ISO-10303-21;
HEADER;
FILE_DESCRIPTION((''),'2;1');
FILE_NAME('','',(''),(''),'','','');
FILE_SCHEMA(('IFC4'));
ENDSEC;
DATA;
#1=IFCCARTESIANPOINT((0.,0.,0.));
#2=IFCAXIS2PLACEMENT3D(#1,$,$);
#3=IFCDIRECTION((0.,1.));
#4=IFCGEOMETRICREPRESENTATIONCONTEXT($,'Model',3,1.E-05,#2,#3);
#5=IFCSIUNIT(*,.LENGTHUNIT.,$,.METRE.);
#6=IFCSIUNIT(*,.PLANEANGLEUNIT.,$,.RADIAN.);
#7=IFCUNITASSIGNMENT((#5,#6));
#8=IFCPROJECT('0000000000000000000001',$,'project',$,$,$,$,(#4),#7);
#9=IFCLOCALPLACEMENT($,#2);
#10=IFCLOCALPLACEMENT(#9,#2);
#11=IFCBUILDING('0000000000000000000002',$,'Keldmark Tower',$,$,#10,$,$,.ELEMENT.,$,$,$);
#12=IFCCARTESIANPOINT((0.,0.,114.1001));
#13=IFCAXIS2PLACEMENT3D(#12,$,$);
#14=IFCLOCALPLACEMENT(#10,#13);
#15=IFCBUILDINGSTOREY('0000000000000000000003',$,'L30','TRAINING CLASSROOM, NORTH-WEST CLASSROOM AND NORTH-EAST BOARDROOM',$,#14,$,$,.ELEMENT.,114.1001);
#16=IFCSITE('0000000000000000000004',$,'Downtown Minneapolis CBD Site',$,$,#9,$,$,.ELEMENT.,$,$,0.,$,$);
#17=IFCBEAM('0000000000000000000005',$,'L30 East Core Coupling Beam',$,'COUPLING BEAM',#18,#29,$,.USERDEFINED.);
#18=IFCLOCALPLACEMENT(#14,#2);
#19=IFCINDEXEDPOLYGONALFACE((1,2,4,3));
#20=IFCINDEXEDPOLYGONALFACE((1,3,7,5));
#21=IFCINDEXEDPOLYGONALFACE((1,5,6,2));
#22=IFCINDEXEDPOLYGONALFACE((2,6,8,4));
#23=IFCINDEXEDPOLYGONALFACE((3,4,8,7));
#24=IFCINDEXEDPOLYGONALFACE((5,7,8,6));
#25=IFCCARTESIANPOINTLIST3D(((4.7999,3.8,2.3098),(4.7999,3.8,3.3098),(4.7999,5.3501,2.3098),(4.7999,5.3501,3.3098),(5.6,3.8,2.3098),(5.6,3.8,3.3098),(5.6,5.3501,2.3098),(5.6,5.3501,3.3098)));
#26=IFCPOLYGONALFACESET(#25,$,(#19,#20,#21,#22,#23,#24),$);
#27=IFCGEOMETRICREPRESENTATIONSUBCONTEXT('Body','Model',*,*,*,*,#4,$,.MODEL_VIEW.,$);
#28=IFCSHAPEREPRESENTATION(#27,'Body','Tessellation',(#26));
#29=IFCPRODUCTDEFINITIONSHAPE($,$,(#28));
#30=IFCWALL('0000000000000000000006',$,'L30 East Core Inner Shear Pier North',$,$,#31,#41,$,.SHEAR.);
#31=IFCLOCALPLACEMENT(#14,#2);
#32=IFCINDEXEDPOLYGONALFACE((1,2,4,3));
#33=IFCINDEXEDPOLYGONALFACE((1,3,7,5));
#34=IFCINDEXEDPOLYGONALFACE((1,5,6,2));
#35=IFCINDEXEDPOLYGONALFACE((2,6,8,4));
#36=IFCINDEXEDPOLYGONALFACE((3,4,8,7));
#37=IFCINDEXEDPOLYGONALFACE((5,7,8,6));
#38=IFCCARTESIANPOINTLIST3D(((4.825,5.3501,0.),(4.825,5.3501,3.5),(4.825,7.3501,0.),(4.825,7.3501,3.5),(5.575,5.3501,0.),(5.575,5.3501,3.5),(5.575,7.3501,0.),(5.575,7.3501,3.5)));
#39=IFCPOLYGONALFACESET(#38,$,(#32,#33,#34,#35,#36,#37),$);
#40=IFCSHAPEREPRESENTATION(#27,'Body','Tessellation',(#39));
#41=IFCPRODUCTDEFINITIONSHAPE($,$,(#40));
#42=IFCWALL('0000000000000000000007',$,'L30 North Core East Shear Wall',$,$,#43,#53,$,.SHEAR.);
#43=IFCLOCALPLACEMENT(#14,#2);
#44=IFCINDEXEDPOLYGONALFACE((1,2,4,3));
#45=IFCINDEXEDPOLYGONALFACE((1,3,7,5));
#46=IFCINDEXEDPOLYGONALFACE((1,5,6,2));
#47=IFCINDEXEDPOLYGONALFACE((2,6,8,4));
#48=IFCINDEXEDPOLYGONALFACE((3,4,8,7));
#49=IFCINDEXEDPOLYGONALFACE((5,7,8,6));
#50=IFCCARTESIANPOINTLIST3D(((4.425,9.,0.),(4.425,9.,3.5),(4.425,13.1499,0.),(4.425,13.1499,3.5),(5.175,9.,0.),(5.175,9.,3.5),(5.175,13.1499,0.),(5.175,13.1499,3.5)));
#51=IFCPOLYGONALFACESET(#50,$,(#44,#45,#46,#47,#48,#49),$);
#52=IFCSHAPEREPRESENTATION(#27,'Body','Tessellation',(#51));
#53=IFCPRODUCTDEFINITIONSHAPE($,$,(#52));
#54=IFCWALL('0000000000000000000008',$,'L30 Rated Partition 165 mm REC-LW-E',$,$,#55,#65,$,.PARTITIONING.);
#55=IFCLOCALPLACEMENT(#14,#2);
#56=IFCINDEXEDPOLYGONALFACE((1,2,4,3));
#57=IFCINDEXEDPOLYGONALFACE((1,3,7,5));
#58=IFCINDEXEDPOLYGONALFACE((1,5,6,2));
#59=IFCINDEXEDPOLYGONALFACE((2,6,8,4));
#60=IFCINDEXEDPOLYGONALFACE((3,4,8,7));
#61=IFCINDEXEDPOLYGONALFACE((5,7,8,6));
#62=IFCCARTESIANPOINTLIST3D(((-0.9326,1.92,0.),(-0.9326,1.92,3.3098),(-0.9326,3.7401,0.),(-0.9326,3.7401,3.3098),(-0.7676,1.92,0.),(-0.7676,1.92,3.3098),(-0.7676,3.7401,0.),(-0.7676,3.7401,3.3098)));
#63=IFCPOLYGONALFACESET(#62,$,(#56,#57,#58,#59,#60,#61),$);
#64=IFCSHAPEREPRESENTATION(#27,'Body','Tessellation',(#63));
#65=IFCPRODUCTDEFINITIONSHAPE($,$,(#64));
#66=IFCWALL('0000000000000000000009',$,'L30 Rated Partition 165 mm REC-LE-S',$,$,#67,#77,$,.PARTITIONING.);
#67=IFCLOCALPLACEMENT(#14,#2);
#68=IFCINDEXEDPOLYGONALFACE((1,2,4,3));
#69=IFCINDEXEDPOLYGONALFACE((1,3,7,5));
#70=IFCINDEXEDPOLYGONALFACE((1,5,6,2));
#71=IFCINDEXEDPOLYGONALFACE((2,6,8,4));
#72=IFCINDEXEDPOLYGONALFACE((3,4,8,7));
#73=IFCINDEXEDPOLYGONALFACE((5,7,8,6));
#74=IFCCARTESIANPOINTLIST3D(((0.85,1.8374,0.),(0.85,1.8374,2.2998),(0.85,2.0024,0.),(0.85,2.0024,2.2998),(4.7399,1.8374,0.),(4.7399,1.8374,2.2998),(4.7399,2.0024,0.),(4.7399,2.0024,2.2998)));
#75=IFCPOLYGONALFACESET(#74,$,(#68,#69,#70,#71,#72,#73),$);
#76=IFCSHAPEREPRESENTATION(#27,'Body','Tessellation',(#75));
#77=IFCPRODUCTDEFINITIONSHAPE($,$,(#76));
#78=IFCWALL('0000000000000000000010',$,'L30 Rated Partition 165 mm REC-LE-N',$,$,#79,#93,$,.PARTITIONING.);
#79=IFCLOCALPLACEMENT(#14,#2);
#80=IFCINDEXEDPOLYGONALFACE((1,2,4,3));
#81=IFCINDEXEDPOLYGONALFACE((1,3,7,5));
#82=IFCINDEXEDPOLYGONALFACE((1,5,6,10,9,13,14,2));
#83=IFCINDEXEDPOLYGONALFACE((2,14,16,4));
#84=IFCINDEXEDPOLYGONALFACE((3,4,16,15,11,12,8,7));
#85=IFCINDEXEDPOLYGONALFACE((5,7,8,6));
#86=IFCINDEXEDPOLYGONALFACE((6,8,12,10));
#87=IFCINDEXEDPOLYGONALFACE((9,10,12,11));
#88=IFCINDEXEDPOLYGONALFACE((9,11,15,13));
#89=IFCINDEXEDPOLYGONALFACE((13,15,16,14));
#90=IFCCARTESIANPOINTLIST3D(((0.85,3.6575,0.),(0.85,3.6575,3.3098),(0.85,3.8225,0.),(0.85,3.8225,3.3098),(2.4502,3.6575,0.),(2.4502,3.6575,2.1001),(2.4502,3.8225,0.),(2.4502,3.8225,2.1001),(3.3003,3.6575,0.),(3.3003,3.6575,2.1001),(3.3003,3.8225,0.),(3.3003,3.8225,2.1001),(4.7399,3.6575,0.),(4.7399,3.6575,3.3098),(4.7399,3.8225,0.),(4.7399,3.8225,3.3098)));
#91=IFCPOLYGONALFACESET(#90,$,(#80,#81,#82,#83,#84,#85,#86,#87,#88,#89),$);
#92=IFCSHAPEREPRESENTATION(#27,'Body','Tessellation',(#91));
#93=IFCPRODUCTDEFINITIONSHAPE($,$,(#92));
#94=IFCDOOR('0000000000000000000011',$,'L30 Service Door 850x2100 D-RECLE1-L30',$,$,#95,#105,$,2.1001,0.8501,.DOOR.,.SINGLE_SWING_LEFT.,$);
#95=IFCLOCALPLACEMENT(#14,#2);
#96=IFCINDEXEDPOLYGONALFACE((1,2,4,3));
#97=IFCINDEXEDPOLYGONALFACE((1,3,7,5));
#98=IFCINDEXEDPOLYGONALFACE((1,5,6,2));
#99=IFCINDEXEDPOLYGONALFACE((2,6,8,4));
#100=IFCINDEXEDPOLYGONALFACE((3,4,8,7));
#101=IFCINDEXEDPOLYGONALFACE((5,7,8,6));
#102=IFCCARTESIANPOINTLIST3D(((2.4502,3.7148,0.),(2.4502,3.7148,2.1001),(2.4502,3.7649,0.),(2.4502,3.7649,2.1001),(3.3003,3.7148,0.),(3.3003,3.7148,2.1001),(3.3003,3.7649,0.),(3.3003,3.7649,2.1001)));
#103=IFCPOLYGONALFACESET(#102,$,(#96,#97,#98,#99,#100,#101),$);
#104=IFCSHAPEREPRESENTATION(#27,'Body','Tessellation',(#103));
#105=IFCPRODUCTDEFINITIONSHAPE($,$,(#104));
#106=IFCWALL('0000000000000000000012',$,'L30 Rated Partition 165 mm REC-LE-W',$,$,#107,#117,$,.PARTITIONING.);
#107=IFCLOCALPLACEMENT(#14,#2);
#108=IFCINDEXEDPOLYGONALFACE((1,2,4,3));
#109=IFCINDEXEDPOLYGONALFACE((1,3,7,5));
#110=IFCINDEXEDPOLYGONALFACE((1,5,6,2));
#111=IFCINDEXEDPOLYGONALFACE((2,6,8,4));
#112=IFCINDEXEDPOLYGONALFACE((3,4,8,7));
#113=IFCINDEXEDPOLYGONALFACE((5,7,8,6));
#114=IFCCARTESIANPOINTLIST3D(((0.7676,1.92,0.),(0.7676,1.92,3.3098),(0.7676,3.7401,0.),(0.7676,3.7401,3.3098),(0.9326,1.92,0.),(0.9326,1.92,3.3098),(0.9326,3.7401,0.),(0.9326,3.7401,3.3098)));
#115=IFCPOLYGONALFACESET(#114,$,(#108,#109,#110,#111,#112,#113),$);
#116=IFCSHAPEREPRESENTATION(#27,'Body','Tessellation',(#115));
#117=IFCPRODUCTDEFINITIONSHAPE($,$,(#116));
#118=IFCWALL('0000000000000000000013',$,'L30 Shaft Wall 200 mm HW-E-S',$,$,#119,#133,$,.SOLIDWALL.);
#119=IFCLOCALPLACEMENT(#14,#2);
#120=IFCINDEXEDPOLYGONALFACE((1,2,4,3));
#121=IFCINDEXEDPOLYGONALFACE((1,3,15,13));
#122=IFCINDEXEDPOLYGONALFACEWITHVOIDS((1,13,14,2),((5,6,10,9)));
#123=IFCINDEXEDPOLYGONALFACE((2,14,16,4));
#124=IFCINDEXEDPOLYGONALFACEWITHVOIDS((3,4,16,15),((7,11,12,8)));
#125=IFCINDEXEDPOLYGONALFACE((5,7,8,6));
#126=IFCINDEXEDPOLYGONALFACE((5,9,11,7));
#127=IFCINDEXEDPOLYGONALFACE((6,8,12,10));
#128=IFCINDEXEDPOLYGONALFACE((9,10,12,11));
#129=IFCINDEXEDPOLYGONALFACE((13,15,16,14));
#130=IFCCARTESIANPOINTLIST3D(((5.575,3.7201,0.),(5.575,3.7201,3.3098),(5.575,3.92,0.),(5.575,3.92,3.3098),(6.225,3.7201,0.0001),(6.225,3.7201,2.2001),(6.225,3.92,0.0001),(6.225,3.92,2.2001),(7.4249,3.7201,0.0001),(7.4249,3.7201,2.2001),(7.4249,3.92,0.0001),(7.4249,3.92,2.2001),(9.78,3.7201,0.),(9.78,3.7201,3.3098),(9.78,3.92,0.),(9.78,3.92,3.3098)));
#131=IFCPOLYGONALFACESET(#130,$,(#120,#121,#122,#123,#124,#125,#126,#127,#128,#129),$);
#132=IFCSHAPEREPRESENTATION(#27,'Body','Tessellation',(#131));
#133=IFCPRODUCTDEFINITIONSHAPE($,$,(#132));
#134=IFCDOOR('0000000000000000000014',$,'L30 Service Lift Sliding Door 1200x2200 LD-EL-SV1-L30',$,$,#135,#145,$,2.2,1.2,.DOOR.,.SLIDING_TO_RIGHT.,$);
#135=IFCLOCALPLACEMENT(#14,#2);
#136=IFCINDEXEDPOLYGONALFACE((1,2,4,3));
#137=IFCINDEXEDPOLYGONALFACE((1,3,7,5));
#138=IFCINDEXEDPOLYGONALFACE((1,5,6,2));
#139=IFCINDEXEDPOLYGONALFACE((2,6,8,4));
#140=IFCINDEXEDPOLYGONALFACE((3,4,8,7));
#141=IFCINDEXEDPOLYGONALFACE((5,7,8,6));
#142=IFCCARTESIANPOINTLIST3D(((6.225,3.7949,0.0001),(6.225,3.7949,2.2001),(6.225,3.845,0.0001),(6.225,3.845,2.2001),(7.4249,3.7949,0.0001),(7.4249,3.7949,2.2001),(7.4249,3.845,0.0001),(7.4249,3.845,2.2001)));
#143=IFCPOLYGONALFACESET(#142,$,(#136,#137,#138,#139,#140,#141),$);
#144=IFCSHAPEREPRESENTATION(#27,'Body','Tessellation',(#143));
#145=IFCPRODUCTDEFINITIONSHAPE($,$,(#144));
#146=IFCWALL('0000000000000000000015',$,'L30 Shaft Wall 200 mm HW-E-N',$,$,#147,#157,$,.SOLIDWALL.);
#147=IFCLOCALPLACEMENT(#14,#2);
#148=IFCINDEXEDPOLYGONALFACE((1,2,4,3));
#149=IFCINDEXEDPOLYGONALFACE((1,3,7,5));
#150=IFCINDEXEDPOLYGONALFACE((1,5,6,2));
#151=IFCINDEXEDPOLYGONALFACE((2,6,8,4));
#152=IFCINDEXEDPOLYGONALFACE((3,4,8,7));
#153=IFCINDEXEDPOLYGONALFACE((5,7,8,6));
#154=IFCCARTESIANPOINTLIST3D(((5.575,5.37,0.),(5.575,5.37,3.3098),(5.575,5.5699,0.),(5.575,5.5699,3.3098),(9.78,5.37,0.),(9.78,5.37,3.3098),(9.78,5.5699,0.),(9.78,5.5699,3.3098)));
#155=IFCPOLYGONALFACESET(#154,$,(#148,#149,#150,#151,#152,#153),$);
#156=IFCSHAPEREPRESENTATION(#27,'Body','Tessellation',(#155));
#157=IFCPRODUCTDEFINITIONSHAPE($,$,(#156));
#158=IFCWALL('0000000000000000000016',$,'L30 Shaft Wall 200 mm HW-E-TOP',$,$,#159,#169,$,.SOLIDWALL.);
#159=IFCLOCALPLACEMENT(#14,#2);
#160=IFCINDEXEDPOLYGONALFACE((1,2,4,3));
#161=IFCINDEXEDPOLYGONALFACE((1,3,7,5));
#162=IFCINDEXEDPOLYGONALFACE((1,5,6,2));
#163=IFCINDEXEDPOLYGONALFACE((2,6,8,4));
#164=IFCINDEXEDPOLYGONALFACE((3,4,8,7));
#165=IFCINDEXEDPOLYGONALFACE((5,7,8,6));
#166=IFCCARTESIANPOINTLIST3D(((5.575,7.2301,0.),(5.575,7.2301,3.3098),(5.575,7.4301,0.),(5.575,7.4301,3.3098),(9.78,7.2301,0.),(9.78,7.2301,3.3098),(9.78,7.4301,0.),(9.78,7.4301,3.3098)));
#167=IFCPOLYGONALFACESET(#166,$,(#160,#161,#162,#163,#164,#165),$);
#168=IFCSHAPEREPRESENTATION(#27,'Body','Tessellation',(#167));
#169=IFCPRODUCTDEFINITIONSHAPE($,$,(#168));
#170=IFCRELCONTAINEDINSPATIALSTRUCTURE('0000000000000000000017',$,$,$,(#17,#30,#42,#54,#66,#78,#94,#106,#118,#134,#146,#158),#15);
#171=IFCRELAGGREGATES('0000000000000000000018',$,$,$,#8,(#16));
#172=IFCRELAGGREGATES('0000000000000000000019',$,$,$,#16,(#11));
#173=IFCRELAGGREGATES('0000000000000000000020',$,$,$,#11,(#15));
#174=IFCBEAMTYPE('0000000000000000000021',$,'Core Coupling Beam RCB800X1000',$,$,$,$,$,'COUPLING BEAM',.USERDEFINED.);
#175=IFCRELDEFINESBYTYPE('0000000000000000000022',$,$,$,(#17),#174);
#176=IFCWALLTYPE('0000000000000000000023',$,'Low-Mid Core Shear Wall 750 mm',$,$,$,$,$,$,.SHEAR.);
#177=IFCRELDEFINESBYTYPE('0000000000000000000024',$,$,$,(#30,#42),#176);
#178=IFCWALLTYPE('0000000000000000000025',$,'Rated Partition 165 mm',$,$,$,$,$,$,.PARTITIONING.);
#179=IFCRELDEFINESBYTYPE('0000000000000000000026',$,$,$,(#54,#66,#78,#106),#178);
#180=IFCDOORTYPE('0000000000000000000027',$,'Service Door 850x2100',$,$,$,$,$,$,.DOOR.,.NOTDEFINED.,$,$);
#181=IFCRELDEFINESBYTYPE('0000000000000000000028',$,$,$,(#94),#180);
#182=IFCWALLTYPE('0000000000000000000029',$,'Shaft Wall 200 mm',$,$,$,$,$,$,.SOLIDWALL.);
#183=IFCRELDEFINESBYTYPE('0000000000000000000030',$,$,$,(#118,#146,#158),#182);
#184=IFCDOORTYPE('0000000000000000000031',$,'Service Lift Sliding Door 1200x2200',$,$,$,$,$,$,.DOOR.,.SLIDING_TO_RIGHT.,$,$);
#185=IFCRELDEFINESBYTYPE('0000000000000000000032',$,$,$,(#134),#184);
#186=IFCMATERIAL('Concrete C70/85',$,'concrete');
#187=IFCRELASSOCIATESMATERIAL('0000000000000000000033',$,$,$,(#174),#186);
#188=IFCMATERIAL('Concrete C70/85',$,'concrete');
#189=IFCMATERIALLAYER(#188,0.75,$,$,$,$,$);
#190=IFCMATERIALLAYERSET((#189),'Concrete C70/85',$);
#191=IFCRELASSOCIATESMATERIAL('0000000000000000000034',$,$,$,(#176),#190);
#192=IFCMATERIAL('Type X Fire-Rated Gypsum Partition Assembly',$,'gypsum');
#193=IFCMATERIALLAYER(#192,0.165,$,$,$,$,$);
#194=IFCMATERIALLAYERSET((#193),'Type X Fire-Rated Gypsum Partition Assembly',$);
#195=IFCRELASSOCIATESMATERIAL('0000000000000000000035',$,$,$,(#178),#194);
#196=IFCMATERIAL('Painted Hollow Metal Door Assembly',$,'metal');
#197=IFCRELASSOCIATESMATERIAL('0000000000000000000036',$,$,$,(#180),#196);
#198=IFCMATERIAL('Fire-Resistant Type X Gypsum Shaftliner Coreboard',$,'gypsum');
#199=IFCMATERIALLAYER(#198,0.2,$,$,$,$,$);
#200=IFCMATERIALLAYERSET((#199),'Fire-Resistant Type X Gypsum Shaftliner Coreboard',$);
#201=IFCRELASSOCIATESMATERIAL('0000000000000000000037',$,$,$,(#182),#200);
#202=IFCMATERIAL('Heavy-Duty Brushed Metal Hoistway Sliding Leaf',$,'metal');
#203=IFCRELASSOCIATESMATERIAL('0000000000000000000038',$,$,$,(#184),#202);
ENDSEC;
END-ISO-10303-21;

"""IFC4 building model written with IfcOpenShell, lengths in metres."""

from ifc_helpers import new_model, si_unit, direction, frame, frame_2d, origin, origin_2d, place, context, subcontext, project, spatial, rectangle, extrude, material, layer, layer_set, material_profile, profile_set, type_object, element, fill, save


model = new_model("IFC4")

# Units and contexts
model_context = context("Model", 3, precision=1e-05, world=origin(), true_north=direction((0.0, 1.0)))
body_context = subcontext(model_context, "Body", "Model", "MODEL_VIEW")
ifc_project = project(units=[si_unit("LENGTHUNIT", "METRE"), si_unit("PLANEANGLEUNIT", "RADIAN")], contexts=[model_context])

# Site, building, storey
site_placement = place(None, origin())
site = spatial("IfcSite", under=ifc_project, at=site_placement, Name="Downtown Minneapolis CBD Site", CompositionType="ELEMENT", RefElevation=0.0)
building_placement = place(site_placement, origin())
building = spatial("IfcBuilding", under=site, at=building_placement, Name="Keldmark Tower", CompositionType="ELEMENT")
storey_placement = place(building_placement, frame((0.0, 0.0, 114.1001)))
storey = spatial("IfcBuildingStorey", under=building, at=storey_placement, Name="L30", Description="TRAINING CLASSROOM, NORTH-WEST CLASSROOM AND NORTH-EAST BOARDROOM", CompositionType="ELEMENT", Elevation=114.1001)

# Beam
ifc_material_1 = material(Name="Concrete C70/85", Category="concrete")
ifc_material_profile = material_profile(ifc_material_1, rectangle(XDim=0.8, YDim=1.0, at=origin_2d()), Name="RCB800X1000")
ifc_profile_set = profile_set([ifc_material_profile], Name="Concrete C70/85")
beam_type = type_object("IfcBeamType", Name="Core Coupling Beam RCB800X1000", ElementType="COUPLING BEAM", PredefinedType="USERDEFINED", material=ifc_profile_set)
beam_placement = place(storey_placement, frame((5.2, 3.8, 2.8098), z_axis=(0.0, 1.0, 0.0), x_axis=(-1.0, 0.0, 0.0)))
element("IfcBeam", 1, at=beam_placement, inside=storey, type_object=beam_type, Name="L30 East Core Coupling Beam", ObjectType="COUPLING BEAM", PredefinedType="USERDEFINED", context=body_context, shape_type="SweptSolid", body=[
    extrude(rectangle(XDim=0.8, YDim=1.0, at=origin_2d()), origin(), (0.0, 0.0, 1.0), 1.55),
])

# Walls
ifc_material_2 = material(Name="Concrete C70/85", Category="concrete")
ifc_layer_1 = layer(ifc_material_2, 0.75)
ifc_layer_set_1 = layer_set([ifc_layer_1], Name="Concrete C70/85")
wall_type_1 = type_object("IfcWallType", Name="Low-Mid Core Shear Wall 750 mm", PredefinedType="SHEAR", material=ifc_layer_set_1)
wall_1_placement = place(storey_placement, frame((5.2, 5.3501, 0.0), z_axis=(0.0, 0.0, 1.0), x_axis=(0.0, 1.0, 0.0)))
element("IfcWall", 2, at=wall_1_placement, inside=storey, type_object=wall_type_1, Name="L30 East Core Inner Shear Pier North", PredefinedType="SHEAR", context=body_context, shape_type="SweptSolid", body=[
    extrude(rectangle(XDim=2.0, YDim=0.75, at=frame_2d((1.0, 0.0))), origin(), (0.0, 0.0, 1.0), 3.5),
])
wall_2_placement = place(storey_placement, frame((4.8, 9.0, 0.0), z_axis=(0.0, 0.0, 1.0), x_axis=(0.0, 1.0, 0.0)))
element("IfcWall", 3, at=wall_2_placement, inside=storey, type_object=wall_type_1, Name="L30 North Core East Shear Wall", PredefinedType="SHEAR", context=body_context, shape_type="SweptSolid", body=[
    extrude(rectangle(XDim=4.1499, YDim=0.75, at=frame_2d((2.075, 0.0))), origin(), (0.0, 0.0, 1.0), 3.5),
])
ifc_material_3 = material(Name="Type X Fire-Rated Gypsum Partition Assembly", Category="gypsum")
ifc_layer_2 = layer(ifc_material_3, 0.165)
ifc_layer_set_2 = layer_set([ifc_layer_2], Name="Type X Fire-Rated Gypsum Partition Assembly")
wall_type_2 = type_object("IfcWallType", Name="Rated Partition 165 mm", PredefinedType="PARTITIONING", material=ifc_layer_set_2)
wall_3_placement = place(storey_placement, frame((-0.8501, 1.9199, 0.0), z_axis=(0.0, 0.0, 1.0), x_axis=(0.0, 1.0, 0.0)))
element("IfcWall", 4, at=wall_3_placement, inside=storey, type_object=wall_type_2, Name="L30 Rated Partition 165 mm REC-LW-E", PredefinedType="PARTITIONING", context=body_context, shape_type="SweptSolid", body=[
    extrude(rectangle(XDim=1.8201, YDim=0.165, at=frame_2d((0.9102, 0.0))), origin(), (0.0, 0.0, 1.0), 3.3098),
])
wall_4_placement = place(storey_placement, frame((0.8501, 1.9199, 0.0), z_axis=(0.0, 0.0, 1.0), x_axis=(1.0, 0.0, 0.0)))
element("IfcWall", 5, at=wall_4_placement, inside=storey, type_object=wall_type_2, Name="L30 Rated Partition 165 mm REC-LE-S", PredefinedType="PARTITIONING", context=body_context, shape_type="SweptSolid", body=[
    extrude(rectangle(XDim=3.8899, YDim=0.165, at=frame_2d((1.9448, 0.0))), origin(), (0.0, 0.0, 1.0), 2.2998),
])

# Wall, opening, door
wall_5_placement = place(storey_placement, frame((0.8501, 3.74, 0.0), z_axis=(0.0, 0.0, 1.0), x_axis=(1.0, 0.0, 0.0)))
wall_5 = element("IfcWall", 6, at=wall_5_placement, inside=storey, type_object=wall_type_2, Name="L30 Rated Partition 165 mm REC-LE-N", PredefinedType="PARTITIONING", context=body_context, shape_type="SweptSolid", body=[
    extrude(rectangle(XDim=3.8899, YDim=0.165, at=frame_2d((1.9448, 0.0))), origin(), (0.0, 0.0, 1.0), 3.3098),
])
opening_1_placement = place(wall_5_placement, frame((1.6001, 0.0, 0.0)))
opening_1 = element("IfcOpeningElement", 7, at=opening_1_placement, cuts=wall_5, PredefinedType="OPENING", context=body_context, shape_type="SweptSolid", body=[
    extrude(rectangle(XDim=0.8501, YDim=2.1001, at=frame_2d((0.425, 1.05))), frame((0.0, 0.0925, 0.0), z_axis=(0.0, -1.0, 0.0), x_axis=(1.0, 0.0, 0.0)), (0.0, 0.0, 1.0), 0.1851),
])
ifc_material_4 = material(Name="Painted Hollow Metal Door Assembly", Category="metal")
door_type_1 = type_object("IfcDoorType", Name="Service Door 850x2100", OperationType="NOTDEFINED", PredefinedType="DOOR", material=ifc_material_4)
door_1_placement = place(opening_1_placement, origin())
door_1 = element("IfcDoor", 8, at=door_1_placement, inside=storey, type_object=door_type_1, Name="L30 Service Door 850x2100 D-RECLE1-L30", OperationType="SINGLE_SWING_LEFT", OverallHeight=2.1001, OverallWidth=0.8501, PredefinedType="DOOR", context=body_context, shape_type="SweptSolid", body=[
    extrude(rectangle(XDim=0.8501, YDim=2.1001, at=frame_2d((0.425, 1.05))), frame((0.0, 0.0249, 0.0), z_axis=(0.0, -1.0, 0.0), x_axis=(1.0, 0.0, 0.0)), (0.0, 0.0, 1.0), 0.05),
])
fill(opening_1, door_1)

# Wall
wall_6_placement = place(storey_placement, frame((0.8501, 1.9199, 0.0), z_axis=(0.0, 0.0, 1.0), x_axis=(0.0, 1.0, 0.0)))
element("IfcWall", 9, at=wall_6_placement, inside=storey, type_object=wall_type_2, Name="L30 Rated Partition 165 mm REC-LE-W", PredefinedType="PARTITIONING", context=body_context, shape_type="SweptSolid", body=[
    extrude(rectangle(XDim=1.8201, YDim=0.165, at=frame_2d((0.9102, 0.0))), origin(), (0.0, 0.0, 1.0), 3.3098),
])

# Wall, opening, door
ifc_material_5 = material(Name="Fire-Resistant Type X Gypsum Shaftliner Coreboard", Category="gypsum")
ifc_layer_3 = layer(ifc_material_5, 0.2)
ifc_layer_set_3 = layer_set([ifc_layer_3], Name="Fire-Resistant Type X Gypsum Shaftliner Coreboard")
wall_type_3 = type_object("IfcWallType", Name="Shaft Wall 200 mm", PredefinedType="SOLIDWALL", material=ifc_layer_set_3)
wall_7_placement = place(storey_placement, frame((5.575, 3.8201, 0.0), z_axis=(0.0, 0.0, 1.0), x_axis=(1.0, 0.0, 0.0)))
wall_7 = element("IfcWall", 10, at=wall_7_placement, inside=storey, type_object=wall_type_3, Name="L30 Shaft Wall 200 mm HW-E-S", PredefinedType="SOLIDWALL", context=body_context, shape_type="SweptSolid", body=[
    extrude(rectangle(XDim=4.2051, YDim=0.2, at=frame_2d((2.1025, 0.0))), origin(), (0.0, 0.0, 1.0), 3.3098),
])
opening_2_placement = place(wall_7_placement, frame((0.6499, 0.0, 0.0)))
opening_2 = element("IfcOpeningElement", 11, at=opening_2_placement, cuts=wall_7, PredefinedType="OPENING", context=body_context, shape_type="SweptSolid", body=[
    extrude(rectangle(XDim=1.2, YDim=2.2, at=frame_2d((0.6001, 1.1001))), frame((0.0, 0.1099, 0.0), z_axis=(0.0, -1.0, 0.0), x_axis=(1.0, 0.0, 0.0)), (0.0, 0.0, 1.0), 0.22),
])
ifc_material_6 = material(Name="Heavy-Duty Brushed Metal Hoistway Sliding Leaf", Category="metal")
door_type_2 = type_object("IfcDoorType", Name="Service Lift Sliding Door 1200x2200", OperationType="SLIDING_TO_RIGHT", PredefinedType="DOOR", material=ifc_material_6)
door_2_placement = place(opening_2_placement, origin())
door_2 = element("IfcDoor", 12, at=door_2_placement, inside=storey, type_object=door_type_2, Name="L30 Service Lift Sliding Door 1200x2200 LD-EL-SV1-L30", OperationType="SLIDING_TO_RIGHT", OverallHeight=2.2, OverallWidth=1.2, PredefinedType="DOOR", context=body_context, shape_type="SweptSolid", body=[
    extrude(rectangle(XDim=1.2, YDim=2.2, at=frame_2d((0.6001, 1.1001))), frame((0.0, 0.0249, 0.0), z_axis=(0.0, -1.0, 0.0), x_axis=(1.0, 0.0, 0.0)), (0.0, 0.0, 1.0), 0.05),
])
fill(opening_2, door_2)

# Walls
for number, where, z_axis, x_axis, name in (
    (13, (5.575, 5.47, 0.0), (0.0, 0.0, 1.0), (1.0, 0.0, 0.0), "L30 Shaft Wall 200 mm HW-E-N"),
    (14, (5.575, 7.3301, 0.0), (0.0, 0.0, 1.0), (1.0, 0.0, 0.0), "L30 Shaft Wall 200 mm HW-E-TOP"),
):
    element("IfcWall", number, at=place(storey_placement, frame(where, z_axis=z_axis, x_axis=x_axis)), inside=storey, type_object=wall_type_3, Name=name, PredefinedType="SOLIDWALL", context=body_context, shape_type="SweptSolid", body=[
        extrude(rectangle(XDim=4.2051, YDim=0.2, at=frame_2d((2.1025, 0.0))), origin(), (0.0, 0.0, 1.0), 3.3098),
    ])

save(model, "model.ifc")
